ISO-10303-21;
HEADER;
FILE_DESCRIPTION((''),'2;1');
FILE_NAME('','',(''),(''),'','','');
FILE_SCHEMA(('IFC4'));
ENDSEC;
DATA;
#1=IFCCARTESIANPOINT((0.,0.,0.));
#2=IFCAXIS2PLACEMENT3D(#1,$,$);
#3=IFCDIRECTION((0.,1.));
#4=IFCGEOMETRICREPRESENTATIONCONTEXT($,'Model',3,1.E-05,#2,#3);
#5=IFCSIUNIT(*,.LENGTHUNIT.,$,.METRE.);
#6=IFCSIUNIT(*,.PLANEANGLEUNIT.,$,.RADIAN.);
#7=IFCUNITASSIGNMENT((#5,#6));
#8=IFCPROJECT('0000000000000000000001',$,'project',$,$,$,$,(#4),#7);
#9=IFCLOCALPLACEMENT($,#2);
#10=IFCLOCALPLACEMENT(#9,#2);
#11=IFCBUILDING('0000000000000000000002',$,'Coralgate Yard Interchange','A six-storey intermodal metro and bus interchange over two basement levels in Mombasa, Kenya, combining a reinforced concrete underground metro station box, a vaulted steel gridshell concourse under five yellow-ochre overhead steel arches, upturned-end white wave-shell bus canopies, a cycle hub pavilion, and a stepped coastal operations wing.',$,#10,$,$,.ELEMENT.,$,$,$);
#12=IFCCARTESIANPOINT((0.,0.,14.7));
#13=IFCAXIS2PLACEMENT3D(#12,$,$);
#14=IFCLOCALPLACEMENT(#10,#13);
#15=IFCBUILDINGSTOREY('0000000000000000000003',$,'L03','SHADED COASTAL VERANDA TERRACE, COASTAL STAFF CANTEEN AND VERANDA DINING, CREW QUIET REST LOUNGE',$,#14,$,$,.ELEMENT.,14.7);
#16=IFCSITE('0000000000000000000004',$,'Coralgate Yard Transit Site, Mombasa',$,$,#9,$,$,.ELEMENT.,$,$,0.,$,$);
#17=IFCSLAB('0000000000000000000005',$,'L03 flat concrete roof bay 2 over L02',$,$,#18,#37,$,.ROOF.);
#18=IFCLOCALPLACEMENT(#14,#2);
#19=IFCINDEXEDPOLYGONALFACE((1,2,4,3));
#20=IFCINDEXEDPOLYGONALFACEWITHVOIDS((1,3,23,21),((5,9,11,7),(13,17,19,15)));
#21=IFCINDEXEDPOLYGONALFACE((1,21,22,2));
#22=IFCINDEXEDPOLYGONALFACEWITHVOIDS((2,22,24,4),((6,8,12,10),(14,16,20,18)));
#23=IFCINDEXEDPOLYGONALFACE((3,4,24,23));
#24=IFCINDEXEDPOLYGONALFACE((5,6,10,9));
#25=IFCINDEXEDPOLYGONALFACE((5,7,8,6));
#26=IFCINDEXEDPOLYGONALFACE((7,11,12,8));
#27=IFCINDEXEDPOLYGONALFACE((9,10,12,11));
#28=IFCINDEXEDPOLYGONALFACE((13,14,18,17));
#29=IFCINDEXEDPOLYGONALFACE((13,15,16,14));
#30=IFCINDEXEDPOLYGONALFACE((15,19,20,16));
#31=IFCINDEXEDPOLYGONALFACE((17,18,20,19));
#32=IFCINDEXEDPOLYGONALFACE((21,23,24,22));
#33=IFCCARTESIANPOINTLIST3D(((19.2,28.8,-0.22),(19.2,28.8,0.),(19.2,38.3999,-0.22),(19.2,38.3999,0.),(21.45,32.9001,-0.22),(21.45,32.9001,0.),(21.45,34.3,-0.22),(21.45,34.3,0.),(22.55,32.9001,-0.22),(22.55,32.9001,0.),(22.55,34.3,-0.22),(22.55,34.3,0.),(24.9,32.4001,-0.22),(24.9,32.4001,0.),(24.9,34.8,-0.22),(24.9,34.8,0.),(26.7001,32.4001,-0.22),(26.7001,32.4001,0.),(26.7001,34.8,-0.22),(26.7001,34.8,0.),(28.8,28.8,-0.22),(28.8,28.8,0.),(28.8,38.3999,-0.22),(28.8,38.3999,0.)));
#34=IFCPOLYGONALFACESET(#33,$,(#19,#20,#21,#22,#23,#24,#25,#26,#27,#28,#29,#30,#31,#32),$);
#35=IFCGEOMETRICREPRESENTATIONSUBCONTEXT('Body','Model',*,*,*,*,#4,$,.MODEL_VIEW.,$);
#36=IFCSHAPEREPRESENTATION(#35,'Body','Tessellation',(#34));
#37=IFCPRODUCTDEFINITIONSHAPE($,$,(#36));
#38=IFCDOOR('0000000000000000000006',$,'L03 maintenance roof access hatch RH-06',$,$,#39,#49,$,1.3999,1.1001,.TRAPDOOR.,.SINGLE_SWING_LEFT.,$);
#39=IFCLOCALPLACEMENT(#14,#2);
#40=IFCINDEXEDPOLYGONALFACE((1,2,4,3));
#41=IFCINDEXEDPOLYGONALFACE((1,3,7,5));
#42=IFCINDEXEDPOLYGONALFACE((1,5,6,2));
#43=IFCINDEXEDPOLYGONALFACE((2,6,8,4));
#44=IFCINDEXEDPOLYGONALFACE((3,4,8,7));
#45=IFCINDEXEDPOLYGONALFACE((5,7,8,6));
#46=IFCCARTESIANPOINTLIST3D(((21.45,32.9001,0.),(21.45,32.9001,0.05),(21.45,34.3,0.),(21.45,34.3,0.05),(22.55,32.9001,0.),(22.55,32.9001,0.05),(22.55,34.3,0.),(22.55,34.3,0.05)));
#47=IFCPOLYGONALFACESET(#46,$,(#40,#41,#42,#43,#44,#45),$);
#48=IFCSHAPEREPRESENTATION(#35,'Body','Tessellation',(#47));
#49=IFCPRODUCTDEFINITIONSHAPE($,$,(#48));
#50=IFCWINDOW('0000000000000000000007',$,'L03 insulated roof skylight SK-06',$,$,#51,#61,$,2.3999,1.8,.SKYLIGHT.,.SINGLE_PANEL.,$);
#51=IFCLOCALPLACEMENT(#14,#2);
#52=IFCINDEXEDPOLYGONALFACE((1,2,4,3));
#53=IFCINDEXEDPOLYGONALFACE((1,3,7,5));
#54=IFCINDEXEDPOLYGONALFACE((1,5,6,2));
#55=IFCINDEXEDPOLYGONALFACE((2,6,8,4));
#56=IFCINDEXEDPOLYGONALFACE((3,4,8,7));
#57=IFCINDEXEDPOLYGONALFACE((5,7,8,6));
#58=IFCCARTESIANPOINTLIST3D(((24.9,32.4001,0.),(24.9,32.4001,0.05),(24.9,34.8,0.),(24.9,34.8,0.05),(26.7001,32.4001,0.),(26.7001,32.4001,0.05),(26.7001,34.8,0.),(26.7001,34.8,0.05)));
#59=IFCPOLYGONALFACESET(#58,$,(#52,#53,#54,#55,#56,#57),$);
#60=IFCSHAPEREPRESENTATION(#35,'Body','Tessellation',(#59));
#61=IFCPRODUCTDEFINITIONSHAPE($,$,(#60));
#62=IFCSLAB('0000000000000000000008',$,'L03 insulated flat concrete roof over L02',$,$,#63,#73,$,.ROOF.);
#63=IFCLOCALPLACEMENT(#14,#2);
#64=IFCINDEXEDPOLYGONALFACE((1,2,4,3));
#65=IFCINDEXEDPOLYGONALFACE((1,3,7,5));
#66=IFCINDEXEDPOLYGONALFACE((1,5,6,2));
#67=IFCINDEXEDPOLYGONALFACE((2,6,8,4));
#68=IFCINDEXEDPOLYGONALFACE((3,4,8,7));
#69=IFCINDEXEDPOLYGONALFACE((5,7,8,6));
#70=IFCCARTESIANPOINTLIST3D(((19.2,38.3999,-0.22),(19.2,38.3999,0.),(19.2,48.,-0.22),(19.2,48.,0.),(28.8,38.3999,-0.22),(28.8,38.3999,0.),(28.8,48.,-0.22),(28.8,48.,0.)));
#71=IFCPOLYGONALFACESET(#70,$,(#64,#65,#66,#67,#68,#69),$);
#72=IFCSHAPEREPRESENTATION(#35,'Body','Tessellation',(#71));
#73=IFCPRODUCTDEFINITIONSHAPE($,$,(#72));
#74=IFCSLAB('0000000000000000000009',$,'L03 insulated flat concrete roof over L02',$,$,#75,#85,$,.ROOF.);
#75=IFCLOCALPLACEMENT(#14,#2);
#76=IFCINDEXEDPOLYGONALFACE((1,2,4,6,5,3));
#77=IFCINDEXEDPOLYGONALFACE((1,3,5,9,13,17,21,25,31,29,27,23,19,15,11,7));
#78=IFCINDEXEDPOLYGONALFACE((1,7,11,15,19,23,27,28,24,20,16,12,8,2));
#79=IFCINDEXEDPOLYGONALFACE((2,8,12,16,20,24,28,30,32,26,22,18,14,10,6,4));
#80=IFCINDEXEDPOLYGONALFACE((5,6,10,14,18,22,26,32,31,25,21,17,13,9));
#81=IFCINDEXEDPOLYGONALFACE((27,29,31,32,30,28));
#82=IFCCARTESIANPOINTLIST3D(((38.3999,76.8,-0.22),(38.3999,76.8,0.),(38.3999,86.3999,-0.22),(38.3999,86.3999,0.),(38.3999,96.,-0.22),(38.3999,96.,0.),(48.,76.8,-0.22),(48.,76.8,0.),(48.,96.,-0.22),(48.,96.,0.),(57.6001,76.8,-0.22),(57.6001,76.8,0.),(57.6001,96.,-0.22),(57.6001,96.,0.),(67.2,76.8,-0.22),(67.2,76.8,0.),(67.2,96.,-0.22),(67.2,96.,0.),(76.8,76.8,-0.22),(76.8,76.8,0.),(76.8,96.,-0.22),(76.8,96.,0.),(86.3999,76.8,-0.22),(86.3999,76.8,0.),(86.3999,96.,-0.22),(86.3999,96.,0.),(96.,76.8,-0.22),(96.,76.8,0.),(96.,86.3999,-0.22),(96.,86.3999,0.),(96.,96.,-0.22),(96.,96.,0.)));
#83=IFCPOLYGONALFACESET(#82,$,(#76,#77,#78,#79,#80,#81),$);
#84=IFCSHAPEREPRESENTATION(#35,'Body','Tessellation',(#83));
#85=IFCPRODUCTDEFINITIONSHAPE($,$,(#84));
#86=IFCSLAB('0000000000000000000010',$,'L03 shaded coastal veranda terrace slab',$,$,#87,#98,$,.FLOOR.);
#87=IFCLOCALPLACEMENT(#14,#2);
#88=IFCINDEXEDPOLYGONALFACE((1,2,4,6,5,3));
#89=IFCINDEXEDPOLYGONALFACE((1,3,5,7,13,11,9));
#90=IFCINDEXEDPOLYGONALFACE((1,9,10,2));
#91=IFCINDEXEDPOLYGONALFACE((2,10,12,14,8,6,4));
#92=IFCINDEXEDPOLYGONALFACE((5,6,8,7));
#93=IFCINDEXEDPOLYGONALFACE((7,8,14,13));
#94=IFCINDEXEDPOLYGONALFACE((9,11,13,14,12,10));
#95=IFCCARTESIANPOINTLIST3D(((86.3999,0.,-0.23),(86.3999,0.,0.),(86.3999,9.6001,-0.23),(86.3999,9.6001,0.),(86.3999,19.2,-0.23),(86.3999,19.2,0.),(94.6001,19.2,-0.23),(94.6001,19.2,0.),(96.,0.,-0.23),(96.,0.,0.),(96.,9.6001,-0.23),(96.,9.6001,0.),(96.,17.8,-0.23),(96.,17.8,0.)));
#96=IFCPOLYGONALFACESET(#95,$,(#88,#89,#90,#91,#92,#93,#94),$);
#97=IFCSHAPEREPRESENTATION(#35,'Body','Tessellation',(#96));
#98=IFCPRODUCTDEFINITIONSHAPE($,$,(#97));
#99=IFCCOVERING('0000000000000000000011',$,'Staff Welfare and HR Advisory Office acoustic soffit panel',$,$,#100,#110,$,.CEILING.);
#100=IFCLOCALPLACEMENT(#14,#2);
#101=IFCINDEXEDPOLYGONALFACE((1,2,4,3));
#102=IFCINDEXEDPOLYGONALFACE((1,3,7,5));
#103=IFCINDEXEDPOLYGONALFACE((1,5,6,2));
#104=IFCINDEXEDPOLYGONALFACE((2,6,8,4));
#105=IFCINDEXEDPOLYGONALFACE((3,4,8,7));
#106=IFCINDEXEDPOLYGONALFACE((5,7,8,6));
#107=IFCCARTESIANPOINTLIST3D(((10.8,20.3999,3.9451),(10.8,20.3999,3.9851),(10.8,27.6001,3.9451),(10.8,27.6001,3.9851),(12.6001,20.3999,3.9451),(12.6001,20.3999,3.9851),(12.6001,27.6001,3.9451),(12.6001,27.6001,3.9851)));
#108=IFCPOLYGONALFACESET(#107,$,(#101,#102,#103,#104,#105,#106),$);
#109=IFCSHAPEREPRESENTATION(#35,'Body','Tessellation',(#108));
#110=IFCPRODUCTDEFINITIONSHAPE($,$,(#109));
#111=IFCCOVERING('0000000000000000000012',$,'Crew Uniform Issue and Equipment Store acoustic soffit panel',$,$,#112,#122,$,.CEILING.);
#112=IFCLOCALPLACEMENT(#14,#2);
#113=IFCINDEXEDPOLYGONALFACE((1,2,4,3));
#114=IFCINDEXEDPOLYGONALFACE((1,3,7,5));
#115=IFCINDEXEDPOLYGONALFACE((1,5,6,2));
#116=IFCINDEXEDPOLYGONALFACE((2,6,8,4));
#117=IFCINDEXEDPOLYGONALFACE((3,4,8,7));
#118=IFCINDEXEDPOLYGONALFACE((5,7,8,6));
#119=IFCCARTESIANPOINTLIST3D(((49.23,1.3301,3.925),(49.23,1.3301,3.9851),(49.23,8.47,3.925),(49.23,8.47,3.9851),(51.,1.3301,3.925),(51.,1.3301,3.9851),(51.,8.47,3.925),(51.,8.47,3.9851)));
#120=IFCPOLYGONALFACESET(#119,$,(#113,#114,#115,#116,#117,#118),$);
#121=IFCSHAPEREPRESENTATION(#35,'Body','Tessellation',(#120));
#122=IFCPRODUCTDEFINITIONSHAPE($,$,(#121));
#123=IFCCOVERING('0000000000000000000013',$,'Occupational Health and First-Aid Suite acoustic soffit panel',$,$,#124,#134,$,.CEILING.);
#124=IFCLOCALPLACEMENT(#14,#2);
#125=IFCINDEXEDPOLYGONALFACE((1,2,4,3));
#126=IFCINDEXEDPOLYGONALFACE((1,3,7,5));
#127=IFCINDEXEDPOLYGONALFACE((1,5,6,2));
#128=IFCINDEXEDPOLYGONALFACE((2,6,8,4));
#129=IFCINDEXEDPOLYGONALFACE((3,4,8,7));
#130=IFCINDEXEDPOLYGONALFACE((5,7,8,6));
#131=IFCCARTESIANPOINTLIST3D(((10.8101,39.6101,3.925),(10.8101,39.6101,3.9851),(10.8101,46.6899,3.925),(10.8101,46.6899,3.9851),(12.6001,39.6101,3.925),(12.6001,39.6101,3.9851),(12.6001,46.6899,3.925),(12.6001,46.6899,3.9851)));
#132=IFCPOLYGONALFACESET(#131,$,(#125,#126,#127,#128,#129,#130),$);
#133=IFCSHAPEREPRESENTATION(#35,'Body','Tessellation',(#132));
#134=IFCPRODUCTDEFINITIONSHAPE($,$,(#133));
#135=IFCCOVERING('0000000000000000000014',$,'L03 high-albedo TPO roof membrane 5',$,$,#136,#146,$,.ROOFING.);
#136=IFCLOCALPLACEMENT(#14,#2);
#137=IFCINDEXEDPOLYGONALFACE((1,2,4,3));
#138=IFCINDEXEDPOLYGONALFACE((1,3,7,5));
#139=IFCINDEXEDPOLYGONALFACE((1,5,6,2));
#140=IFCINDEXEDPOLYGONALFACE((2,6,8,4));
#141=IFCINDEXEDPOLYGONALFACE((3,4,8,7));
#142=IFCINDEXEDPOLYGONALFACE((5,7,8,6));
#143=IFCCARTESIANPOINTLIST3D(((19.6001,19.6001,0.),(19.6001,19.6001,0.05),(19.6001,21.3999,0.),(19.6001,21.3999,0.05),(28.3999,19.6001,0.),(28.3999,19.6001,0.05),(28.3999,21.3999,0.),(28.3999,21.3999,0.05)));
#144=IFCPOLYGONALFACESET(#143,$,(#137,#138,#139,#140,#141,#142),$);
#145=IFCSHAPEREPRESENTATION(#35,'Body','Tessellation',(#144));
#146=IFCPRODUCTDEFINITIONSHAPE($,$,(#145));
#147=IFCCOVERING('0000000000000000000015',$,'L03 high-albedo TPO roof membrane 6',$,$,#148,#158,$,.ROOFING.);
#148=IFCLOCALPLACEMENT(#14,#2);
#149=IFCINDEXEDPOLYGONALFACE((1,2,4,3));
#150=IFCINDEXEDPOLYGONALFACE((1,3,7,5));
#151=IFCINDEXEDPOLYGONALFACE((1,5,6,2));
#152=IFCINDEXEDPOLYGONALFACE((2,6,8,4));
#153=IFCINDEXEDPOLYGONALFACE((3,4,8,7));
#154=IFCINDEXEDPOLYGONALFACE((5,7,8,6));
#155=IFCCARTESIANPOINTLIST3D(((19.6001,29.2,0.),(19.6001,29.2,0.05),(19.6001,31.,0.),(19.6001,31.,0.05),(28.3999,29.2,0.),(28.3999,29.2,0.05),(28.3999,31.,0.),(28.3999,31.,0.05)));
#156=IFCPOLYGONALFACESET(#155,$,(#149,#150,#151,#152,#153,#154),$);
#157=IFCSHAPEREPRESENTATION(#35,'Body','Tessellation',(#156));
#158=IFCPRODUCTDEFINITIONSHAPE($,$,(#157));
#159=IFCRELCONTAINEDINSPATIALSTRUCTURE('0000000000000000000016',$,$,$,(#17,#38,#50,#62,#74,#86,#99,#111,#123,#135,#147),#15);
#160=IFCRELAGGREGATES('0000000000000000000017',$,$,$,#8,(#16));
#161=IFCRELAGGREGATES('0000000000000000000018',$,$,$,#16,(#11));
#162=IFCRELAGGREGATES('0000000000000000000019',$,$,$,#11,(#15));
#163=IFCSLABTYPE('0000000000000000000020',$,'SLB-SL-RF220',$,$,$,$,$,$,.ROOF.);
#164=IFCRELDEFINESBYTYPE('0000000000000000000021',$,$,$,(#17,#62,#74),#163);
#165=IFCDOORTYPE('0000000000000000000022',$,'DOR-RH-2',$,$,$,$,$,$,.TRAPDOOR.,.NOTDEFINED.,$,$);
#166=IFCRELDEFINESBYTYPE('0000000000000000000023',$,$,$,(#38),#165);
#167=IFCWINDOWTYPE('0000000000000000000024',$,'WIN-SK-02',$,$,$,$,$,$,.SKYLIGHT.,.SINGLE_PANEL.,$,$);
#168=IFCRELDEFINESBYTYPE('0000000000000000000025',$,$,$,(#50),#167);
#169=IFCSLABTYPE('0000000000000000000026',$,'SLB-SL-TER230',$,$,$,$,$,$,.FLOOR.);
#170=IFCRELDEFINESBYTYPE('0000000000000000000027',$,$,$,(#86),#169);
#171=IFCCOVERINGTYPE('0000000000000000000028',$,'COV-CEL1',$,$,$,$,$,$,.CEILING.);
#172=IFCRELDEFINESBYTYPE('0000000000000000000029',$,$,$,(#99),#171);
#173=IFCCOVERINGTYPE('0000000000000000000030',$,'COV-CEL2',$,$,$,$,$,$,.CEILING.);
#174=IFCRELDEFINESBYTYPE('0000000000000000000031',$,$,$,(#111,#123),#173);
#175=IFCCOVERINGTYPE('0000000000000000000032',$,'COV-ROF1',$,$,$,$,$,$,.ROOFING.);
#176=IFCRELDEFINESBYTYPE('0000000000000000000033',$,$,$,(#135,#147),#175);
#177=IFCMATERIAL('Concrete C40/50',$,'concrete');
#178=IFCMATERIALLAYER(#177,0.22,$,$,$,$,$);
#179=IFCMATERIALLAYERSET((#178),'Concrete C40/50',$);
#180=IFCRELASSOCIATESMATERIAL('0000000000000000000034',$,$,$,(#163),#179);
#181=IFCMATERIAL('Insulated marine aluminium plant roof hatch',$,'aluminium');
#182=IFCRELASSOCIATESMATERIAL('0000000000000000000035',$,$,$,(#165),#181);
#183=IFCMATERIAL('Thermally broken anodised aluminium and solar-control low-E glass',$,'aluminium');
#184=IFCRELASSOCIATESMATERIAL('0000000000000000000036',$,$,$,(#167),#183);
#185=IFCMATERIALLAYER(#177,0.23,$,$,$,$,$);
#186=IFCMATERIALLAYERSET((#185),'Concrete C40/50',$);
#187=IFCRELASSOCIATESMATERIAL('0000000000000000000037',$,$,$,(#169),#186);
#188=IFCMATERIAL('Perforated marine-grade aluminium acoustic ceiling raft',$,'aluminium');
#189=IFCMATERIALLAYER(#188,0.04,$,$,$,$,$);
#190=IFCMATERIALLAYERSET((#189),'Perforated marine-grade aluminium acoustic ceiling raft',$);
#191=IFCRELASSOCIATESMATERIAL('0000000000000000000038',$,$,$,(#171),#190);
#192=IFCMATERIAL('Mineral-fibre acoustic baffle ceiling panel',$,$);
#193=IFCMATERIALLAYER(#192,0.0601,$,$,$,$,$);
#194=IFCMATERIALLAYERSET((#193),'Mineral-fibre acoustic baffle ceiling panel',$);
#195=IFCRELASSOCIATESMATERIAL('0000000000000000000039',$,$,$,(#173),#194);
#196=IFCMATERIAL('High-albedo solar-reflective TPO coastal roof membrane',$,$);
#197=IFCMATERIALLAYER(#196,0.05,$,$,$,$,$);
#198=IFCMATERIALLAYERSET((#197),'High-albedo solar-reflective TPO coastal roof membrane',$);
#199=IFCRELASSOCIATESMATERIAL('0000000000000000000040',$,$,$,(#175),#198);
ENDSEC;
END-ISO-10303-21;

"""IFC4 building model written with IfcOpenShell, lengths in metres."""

from ifc_helpers import new_model, si_unit, direction, frame, origin, origin_2d, place, context, subcontext, project, spatial, polyline, rectangle, outline, extrude, material, layer, layer_set, type_object, element, fill, save


model = new_model("IFC4")

# Units and contexts
model_context = context("Model", 3, precision=1e-05, world=origin(), true_north=direction((0.0, 1.0)))
body_context = subcontext(model_context, "Body", "Model", "MODEL_VIEW")
ifc_project = project(units=[si_unit("LENGTHUNIT", "METRE"), si_unit("PLANEANGLEUNIT", "RADIAN")], contexts=[model_context])

# Site, building, storey
site_placement = place(None, origin())
site = spatial("IfcSite", under=ifc_project, at=site_placement, Name="Coralgate Yard Transit Site, Mombasa", CompositionType="ELEMENT", RefElevation=0.0)
building_placement = place(site_placement, origin())
building = spatial("IfcBuilding", under=site, at=building_placement, Name="Coralgate Yard Interchange", Description="A six-storey intermodal metro and bus interchange over two basement levels in Mombasa, Kenya, combining a reinforced concrete underground metro station box, a vaulted steel gridshell concourse under five yellow-ochre overhead steel arches, upturned-end white wave-shell bus canopies, a cycle hub pavilion, and a stepped coastal operations wing.", CompositionType="ELEMENT")
storey_placement = place(building_placement, frame((0.0, 0.0, 14.7)))
storey = spatial("IfcBuildingStorey", under=building, at=storey_placement, Name="L03", Description="SHADED COASTAL VERANDA TERRACE, COASTAL STAFF CANTEEN AND VERANDA DINING, CREW QUIET REST LOUNGE", CompositionType="ELEMENT", Elevation=14.7)

# Shared definitions
ifc_material_1 = material(Name="Concrete C40/50", Category="concrete")

# Slab, openings, door, window
ifc_layer_1 = layer(ifc_material_1, 0.22)
ifc_layer_set_1 = layer_set([ifc_layer_1], Name="Concrete C40/50")
slab_type_1 = type_object("IfcSlabType", Name="SLB-SL-RF220", PredefinedType="ROOF", material=ifc_layer_set_1)
ifc_material_2 = material(Name="Thermally broken anodised aluminium and solar-control low-E glass", Category="aluminium")
slab_1_placement = place(storey_placement, frame((0.0, 0.0, -0.22)))
slab_1 = element("IfcSlab", 1, at=slab_1_placement, inside=storey, type_object=slab_type_1, Name="L03 flat concrete roof bay 2 over L02", PredefinedType="ROOF", context=body_context, shape_type="SweptSolid", body=[
    extrude(outline(polyline([(19.2, 28.8), (28.8, 28.8), (28.8, 38.3999), (19.2, 38.3999), (19.2, 28.8)])), origin(), (0.0, 0.0, 1.0), 0.22),
])
opening_1_placement = place(slab_1_placement, frame((22.0, 33.6001, -0.01)))
opening_1 = element("IfcOpeningElement", 2, at=opening_1_placement, cuts=slab_1, PredefinedType="OPENING", context=body_context, shape_type="SweptSolid", body=[
    extrude(rectangle(XDim=1.1001, YDim=1.3999, at=origin_2d()), origin(), (0.0, 0.0, 1.0), 0.29),
])
opening_2_placement = place(slab_1_placement, frame((25.8, 33.6001, -0.01)))
opening_2 = element("IfcOpeningElement", 3, at=opening_2_placement, cuts=slab_1, PredefinedType="OPENING", context=body_context, shape_type="SweptSolid", body=[
    extrude(rectangle(XDim=1.8, YDim=2.3999, at=origin_2d()), origin(), (0.0, 0.0, 1.0), 0.29),
])
ifc_material_3 = material(Name="Insulated marine aluminium plant roof hatch", Category="aluminium")
door_type_1 = type_object("IfcDoorType", Name="DOR-RH-2", OperationType="NOTDEFINED", PredefinedType="TRAPDOOR", material=ifc_material_3)
door_1_placement = place(opening_1_placement, frame((0.0, 0.0, 0.23)))
door_1 = element("IfcDoor", 4, at=door_1_placement, inside=storey, type_object=door_type_1, Name="L03 maintenance roof access hatch RH-06", OperationType="SINGLE_SWING_LEFT", OverallHeight=1.3999, OverallWidth=1.1001, PredefinedType="TRAPDOOR", context=body_context, shape_type="SweptSolid", body=[
    extrude(rectangle(XDim=1.1001, YDim=1.3999, at=origin_2d()), origin(), (0.0, 0.0, 1.0), 0.05),
])
fill(opening_1, door_1)
window_type_1 = type_object("IfcWindowType", Name="WIN-SK-02", PartitioningType="SINGLE_PANEL", PredefinedType="SKYLIGHT", material=ifc_material_2)
window_1_placement = place(opening_2_placement, frame((0.0, 0.0, 0.23)))
window_1 = element("IfcWindow", 5, at=window_1_placement, inside=storey, type_object=window_type_1, Name="L03 insulated roof skylight SK-06", OverallHeight=2.3999, OverallWidth=1.8, PartitioningType="SINGLE_PANEL", PredefinedType="SKYLIGHT", context=body_context, shape_type="SweptSolid", body=[
    extrude(rectangle(XDim=1.8, YDim=2.3999, at=origin_2d()), origin(), (0.0, 0.0, 1.0), 0.05),
])
fill(opening_2, window_1)

# Slabs
slab_2_placement = place(storey_placement, frame((0.0, 0.0, -0.22)))
element("IfcSlab", 6, at=slab_2_placement, inside=storey, type_object=slab_type_1, Name="L03 insulated flat concrete roof over L02", PredefinedType="ROOF", context=body_context, shape_type="SweptSolid", body=[
    extrude(outline(polyline([(28.8, 38.3999), (19.2, 38.3999), (19.2, 48.0), (28.8, 48.0), (28.8, 38.3999)])), origin(), (0.0, 0.0, 1.0), 0.22),
])
slab_3_placement = place(storey_placement, frame((0.0, 0.0, -0.22)))
element("IfcSlab", 7, at=slab_3_placement, inside=storey, type_object=slab_type_1, Name="L03 insulated flat concrete roof over L02", PredefinedType="ROOF", context=body_context, shape_type="SweptSolid", body=[
    extrude(outline(polyline([(38.3999, 76.8), (38.3999, 86.3999), (38.3999, 96.0), (48.0, 96.0), (57.6001, 96.0), (67.2, 96.0), (76.8, 96.0), (86.3999, 96.0), (96.0, 96.0), (96.0, 86.3999), (96.0, 76.8), (86.3999, 76.8), (76.8, 76.8), (67.2, 76.8), (57.6001, 76.8), (48.0, 76.8), (38.3999, 76.8)])), origin(), (0.0, 0.0, 1.0), 0.22),
])
ifc_layer_2 = layer(ifc_material_1, 0.23)
ifc_layer_set_2 = layer_set([ifc_layer_2], Name="Concrete C40/50")
slab_type_2 = type_object("IfcSlabType", Name="SLB-SL-TER230", PredefinedType="FLOOR", material=ifc_layer_set_2)
slab_4_placement = place(storey_placement, frame((0.0, 0.0, -0.23)))
element("IfcSlab", 8, at=slab_4_placement, inside=storey, type_object=slab_type_2, Name="L03 shaded coastal veranda terrace slab", PredefinedType="FLOOR", context=body_context, shape_type="SweptSolid", body=[
    extrude(outline(polyline([(86.3999, 0.0), (86.3999, 9.6001), (86.3999, 19.2), (94.6001, 19.2), (96.0, 17.8), (96.0, 9.6001), (96.0, 0.0), (86.3999, 0.0)])), origin(), (0.0, 0.0, 1.0), 0.23),
])

# Coverings
ifc_material_4 = material(Name="Perforated marine-grade aluminium acoustic ceiling raft", Category="aluminium")
ifc_layer_3 = layer(ifc_material_4, 0.04)
ifc_layer_set_3 = layer_set([ifc_layer_3], Name="Perforated marine-grade aluminium acoustic ceiling raft")
covering_type_1 = type_object("IfcCoveringType", Name="COV-CEL1", PredefinedType="CEILING", material=ifc_layer_set_3)
covering_1_placement = place(storey_placement, frame((0.0, 0.0, 3.9451)))
element("IfcCovering", 9, at=covering_1_placement, inside=storey, type_object=covering_type_1, Name="Staff Welfare and HR Advisory Office acoustic soffit panel", PredefinedType="CEILING", context=body_context, shape_type="SweptSolid", body=[
    extrude(outline(polyline([(10.8, 20.3999), (12.6001, 20.3999), (12.6001, 27.6001), (10.8, 27.6001), (10.8, 20.3999)])), origin(), (0.0, 0.0, 1.0), 0.04),
])
ifc_material_5 = material(Name="Mineral-fibre acoustic baffle ceiling panel")
ifc_layer_4 = layer(ifc_material_5, 0.0601)
ifc_layer_set_4 = layer_set([ifc_layer_4], Name="Mineral-fibre acoustic baffle ceiling panel")
covering_type_2 = type_object("IfcCoveringType", Name="COV-CEL2", PredefinedType="CEILING", material=ifc_layer_set_4)
covering_2_placement = place(storey_placement, frame((0.0, 0.0, 3.925)))
element("IfcCovering", 10, at=covering_2_placement, inside=storey, type_object=covering_type_2, Name="Crew Uniform Issue and Equipment Store acoustic soffit panel", PredefinedType="CEILING", context=body_context, shape_type="SweptSolid", body=[
    extrude(outline(polyline([(49.23, 1.3301), (51.0, 1.3301), (51.0, 8.47), (49.23, 8.47), (49.23, 1.3301)])), origin(), (0.0, 0.0, 1.0), 0.0601),
])
covering_3_placement = place(storey_placement, frame((0.0, 0.0, 3.925)))
element("IfcCovering", 11, at=covering_3_placement, inside=storey, type_object=covering_type_2, Name="Occupational Health and First-Aid Suite acoustic soffit panel", PredefinedType="CEILING", context=body_context, shape_type="SweptSolid", body=[
    extrude(outline(polyline([(10.8101, 39.6101), (12.6001, 39.6101), (12.6001, 46.6899), (10.8101, 46.6899), (10.8101, 39.6101)])), origin(), (0.0, 0.0, 1.0), 0.0601),
])
ifc_material_6 = material(Name="High-albedo solar-reflective TPO coastal roof membrane")
ifc_layer_5 = layer(ifc_material_6, 0.05)
ifc_layer_set_5 = layer_set([ifc_layer_5], Name="High-albedo solar-reflective TPO coastal roof membrane")
covering_type_3 = type_object("IfcCoveringType", Name="COV-ROF1", PredefinedType="ROOFING", material=ifc_layer_set_5)
covering_4_placement = place(storey_placement, origin())
element("IfcCovering", 12, at=covering_4_placement, inside=storey, type_object=covering_type_3, Name="L03 high-albedo TPO roof membrane 5", PredefinedType="ROOFING", context=body_context, shape_type="SweptSolid", body=[
    extrude(outline(polyline([(19.6001, 19.6001), (28.3999, 19.6001), (28.3999, 21.3999), (19.6001, 21.3999), (19.6001, 19.6001)])), origin(), (0.0, 0.0, 1.0), 0.05),
])
covering_5_placement = place(storey_placement, origin())
element("IfcCovering", 13, at=covering_5_placement, inside=storey, type_object=covering_type_3, Name="L03 high-albedo TPO roof membrane 6", PredefinedType="ROOFING", context=body_context, shape_type="SweptSolid", body=[
    extrude(outline(polyline([(19.6001, 29.2), (28.3999, 29.2), (28.3999, 31.0), (19.6001, 31.0), (19.6001, 29.2)])), origin(), (0.0, 0.0, 1.0), 0.05),
])

save(model, "model.ifc")
